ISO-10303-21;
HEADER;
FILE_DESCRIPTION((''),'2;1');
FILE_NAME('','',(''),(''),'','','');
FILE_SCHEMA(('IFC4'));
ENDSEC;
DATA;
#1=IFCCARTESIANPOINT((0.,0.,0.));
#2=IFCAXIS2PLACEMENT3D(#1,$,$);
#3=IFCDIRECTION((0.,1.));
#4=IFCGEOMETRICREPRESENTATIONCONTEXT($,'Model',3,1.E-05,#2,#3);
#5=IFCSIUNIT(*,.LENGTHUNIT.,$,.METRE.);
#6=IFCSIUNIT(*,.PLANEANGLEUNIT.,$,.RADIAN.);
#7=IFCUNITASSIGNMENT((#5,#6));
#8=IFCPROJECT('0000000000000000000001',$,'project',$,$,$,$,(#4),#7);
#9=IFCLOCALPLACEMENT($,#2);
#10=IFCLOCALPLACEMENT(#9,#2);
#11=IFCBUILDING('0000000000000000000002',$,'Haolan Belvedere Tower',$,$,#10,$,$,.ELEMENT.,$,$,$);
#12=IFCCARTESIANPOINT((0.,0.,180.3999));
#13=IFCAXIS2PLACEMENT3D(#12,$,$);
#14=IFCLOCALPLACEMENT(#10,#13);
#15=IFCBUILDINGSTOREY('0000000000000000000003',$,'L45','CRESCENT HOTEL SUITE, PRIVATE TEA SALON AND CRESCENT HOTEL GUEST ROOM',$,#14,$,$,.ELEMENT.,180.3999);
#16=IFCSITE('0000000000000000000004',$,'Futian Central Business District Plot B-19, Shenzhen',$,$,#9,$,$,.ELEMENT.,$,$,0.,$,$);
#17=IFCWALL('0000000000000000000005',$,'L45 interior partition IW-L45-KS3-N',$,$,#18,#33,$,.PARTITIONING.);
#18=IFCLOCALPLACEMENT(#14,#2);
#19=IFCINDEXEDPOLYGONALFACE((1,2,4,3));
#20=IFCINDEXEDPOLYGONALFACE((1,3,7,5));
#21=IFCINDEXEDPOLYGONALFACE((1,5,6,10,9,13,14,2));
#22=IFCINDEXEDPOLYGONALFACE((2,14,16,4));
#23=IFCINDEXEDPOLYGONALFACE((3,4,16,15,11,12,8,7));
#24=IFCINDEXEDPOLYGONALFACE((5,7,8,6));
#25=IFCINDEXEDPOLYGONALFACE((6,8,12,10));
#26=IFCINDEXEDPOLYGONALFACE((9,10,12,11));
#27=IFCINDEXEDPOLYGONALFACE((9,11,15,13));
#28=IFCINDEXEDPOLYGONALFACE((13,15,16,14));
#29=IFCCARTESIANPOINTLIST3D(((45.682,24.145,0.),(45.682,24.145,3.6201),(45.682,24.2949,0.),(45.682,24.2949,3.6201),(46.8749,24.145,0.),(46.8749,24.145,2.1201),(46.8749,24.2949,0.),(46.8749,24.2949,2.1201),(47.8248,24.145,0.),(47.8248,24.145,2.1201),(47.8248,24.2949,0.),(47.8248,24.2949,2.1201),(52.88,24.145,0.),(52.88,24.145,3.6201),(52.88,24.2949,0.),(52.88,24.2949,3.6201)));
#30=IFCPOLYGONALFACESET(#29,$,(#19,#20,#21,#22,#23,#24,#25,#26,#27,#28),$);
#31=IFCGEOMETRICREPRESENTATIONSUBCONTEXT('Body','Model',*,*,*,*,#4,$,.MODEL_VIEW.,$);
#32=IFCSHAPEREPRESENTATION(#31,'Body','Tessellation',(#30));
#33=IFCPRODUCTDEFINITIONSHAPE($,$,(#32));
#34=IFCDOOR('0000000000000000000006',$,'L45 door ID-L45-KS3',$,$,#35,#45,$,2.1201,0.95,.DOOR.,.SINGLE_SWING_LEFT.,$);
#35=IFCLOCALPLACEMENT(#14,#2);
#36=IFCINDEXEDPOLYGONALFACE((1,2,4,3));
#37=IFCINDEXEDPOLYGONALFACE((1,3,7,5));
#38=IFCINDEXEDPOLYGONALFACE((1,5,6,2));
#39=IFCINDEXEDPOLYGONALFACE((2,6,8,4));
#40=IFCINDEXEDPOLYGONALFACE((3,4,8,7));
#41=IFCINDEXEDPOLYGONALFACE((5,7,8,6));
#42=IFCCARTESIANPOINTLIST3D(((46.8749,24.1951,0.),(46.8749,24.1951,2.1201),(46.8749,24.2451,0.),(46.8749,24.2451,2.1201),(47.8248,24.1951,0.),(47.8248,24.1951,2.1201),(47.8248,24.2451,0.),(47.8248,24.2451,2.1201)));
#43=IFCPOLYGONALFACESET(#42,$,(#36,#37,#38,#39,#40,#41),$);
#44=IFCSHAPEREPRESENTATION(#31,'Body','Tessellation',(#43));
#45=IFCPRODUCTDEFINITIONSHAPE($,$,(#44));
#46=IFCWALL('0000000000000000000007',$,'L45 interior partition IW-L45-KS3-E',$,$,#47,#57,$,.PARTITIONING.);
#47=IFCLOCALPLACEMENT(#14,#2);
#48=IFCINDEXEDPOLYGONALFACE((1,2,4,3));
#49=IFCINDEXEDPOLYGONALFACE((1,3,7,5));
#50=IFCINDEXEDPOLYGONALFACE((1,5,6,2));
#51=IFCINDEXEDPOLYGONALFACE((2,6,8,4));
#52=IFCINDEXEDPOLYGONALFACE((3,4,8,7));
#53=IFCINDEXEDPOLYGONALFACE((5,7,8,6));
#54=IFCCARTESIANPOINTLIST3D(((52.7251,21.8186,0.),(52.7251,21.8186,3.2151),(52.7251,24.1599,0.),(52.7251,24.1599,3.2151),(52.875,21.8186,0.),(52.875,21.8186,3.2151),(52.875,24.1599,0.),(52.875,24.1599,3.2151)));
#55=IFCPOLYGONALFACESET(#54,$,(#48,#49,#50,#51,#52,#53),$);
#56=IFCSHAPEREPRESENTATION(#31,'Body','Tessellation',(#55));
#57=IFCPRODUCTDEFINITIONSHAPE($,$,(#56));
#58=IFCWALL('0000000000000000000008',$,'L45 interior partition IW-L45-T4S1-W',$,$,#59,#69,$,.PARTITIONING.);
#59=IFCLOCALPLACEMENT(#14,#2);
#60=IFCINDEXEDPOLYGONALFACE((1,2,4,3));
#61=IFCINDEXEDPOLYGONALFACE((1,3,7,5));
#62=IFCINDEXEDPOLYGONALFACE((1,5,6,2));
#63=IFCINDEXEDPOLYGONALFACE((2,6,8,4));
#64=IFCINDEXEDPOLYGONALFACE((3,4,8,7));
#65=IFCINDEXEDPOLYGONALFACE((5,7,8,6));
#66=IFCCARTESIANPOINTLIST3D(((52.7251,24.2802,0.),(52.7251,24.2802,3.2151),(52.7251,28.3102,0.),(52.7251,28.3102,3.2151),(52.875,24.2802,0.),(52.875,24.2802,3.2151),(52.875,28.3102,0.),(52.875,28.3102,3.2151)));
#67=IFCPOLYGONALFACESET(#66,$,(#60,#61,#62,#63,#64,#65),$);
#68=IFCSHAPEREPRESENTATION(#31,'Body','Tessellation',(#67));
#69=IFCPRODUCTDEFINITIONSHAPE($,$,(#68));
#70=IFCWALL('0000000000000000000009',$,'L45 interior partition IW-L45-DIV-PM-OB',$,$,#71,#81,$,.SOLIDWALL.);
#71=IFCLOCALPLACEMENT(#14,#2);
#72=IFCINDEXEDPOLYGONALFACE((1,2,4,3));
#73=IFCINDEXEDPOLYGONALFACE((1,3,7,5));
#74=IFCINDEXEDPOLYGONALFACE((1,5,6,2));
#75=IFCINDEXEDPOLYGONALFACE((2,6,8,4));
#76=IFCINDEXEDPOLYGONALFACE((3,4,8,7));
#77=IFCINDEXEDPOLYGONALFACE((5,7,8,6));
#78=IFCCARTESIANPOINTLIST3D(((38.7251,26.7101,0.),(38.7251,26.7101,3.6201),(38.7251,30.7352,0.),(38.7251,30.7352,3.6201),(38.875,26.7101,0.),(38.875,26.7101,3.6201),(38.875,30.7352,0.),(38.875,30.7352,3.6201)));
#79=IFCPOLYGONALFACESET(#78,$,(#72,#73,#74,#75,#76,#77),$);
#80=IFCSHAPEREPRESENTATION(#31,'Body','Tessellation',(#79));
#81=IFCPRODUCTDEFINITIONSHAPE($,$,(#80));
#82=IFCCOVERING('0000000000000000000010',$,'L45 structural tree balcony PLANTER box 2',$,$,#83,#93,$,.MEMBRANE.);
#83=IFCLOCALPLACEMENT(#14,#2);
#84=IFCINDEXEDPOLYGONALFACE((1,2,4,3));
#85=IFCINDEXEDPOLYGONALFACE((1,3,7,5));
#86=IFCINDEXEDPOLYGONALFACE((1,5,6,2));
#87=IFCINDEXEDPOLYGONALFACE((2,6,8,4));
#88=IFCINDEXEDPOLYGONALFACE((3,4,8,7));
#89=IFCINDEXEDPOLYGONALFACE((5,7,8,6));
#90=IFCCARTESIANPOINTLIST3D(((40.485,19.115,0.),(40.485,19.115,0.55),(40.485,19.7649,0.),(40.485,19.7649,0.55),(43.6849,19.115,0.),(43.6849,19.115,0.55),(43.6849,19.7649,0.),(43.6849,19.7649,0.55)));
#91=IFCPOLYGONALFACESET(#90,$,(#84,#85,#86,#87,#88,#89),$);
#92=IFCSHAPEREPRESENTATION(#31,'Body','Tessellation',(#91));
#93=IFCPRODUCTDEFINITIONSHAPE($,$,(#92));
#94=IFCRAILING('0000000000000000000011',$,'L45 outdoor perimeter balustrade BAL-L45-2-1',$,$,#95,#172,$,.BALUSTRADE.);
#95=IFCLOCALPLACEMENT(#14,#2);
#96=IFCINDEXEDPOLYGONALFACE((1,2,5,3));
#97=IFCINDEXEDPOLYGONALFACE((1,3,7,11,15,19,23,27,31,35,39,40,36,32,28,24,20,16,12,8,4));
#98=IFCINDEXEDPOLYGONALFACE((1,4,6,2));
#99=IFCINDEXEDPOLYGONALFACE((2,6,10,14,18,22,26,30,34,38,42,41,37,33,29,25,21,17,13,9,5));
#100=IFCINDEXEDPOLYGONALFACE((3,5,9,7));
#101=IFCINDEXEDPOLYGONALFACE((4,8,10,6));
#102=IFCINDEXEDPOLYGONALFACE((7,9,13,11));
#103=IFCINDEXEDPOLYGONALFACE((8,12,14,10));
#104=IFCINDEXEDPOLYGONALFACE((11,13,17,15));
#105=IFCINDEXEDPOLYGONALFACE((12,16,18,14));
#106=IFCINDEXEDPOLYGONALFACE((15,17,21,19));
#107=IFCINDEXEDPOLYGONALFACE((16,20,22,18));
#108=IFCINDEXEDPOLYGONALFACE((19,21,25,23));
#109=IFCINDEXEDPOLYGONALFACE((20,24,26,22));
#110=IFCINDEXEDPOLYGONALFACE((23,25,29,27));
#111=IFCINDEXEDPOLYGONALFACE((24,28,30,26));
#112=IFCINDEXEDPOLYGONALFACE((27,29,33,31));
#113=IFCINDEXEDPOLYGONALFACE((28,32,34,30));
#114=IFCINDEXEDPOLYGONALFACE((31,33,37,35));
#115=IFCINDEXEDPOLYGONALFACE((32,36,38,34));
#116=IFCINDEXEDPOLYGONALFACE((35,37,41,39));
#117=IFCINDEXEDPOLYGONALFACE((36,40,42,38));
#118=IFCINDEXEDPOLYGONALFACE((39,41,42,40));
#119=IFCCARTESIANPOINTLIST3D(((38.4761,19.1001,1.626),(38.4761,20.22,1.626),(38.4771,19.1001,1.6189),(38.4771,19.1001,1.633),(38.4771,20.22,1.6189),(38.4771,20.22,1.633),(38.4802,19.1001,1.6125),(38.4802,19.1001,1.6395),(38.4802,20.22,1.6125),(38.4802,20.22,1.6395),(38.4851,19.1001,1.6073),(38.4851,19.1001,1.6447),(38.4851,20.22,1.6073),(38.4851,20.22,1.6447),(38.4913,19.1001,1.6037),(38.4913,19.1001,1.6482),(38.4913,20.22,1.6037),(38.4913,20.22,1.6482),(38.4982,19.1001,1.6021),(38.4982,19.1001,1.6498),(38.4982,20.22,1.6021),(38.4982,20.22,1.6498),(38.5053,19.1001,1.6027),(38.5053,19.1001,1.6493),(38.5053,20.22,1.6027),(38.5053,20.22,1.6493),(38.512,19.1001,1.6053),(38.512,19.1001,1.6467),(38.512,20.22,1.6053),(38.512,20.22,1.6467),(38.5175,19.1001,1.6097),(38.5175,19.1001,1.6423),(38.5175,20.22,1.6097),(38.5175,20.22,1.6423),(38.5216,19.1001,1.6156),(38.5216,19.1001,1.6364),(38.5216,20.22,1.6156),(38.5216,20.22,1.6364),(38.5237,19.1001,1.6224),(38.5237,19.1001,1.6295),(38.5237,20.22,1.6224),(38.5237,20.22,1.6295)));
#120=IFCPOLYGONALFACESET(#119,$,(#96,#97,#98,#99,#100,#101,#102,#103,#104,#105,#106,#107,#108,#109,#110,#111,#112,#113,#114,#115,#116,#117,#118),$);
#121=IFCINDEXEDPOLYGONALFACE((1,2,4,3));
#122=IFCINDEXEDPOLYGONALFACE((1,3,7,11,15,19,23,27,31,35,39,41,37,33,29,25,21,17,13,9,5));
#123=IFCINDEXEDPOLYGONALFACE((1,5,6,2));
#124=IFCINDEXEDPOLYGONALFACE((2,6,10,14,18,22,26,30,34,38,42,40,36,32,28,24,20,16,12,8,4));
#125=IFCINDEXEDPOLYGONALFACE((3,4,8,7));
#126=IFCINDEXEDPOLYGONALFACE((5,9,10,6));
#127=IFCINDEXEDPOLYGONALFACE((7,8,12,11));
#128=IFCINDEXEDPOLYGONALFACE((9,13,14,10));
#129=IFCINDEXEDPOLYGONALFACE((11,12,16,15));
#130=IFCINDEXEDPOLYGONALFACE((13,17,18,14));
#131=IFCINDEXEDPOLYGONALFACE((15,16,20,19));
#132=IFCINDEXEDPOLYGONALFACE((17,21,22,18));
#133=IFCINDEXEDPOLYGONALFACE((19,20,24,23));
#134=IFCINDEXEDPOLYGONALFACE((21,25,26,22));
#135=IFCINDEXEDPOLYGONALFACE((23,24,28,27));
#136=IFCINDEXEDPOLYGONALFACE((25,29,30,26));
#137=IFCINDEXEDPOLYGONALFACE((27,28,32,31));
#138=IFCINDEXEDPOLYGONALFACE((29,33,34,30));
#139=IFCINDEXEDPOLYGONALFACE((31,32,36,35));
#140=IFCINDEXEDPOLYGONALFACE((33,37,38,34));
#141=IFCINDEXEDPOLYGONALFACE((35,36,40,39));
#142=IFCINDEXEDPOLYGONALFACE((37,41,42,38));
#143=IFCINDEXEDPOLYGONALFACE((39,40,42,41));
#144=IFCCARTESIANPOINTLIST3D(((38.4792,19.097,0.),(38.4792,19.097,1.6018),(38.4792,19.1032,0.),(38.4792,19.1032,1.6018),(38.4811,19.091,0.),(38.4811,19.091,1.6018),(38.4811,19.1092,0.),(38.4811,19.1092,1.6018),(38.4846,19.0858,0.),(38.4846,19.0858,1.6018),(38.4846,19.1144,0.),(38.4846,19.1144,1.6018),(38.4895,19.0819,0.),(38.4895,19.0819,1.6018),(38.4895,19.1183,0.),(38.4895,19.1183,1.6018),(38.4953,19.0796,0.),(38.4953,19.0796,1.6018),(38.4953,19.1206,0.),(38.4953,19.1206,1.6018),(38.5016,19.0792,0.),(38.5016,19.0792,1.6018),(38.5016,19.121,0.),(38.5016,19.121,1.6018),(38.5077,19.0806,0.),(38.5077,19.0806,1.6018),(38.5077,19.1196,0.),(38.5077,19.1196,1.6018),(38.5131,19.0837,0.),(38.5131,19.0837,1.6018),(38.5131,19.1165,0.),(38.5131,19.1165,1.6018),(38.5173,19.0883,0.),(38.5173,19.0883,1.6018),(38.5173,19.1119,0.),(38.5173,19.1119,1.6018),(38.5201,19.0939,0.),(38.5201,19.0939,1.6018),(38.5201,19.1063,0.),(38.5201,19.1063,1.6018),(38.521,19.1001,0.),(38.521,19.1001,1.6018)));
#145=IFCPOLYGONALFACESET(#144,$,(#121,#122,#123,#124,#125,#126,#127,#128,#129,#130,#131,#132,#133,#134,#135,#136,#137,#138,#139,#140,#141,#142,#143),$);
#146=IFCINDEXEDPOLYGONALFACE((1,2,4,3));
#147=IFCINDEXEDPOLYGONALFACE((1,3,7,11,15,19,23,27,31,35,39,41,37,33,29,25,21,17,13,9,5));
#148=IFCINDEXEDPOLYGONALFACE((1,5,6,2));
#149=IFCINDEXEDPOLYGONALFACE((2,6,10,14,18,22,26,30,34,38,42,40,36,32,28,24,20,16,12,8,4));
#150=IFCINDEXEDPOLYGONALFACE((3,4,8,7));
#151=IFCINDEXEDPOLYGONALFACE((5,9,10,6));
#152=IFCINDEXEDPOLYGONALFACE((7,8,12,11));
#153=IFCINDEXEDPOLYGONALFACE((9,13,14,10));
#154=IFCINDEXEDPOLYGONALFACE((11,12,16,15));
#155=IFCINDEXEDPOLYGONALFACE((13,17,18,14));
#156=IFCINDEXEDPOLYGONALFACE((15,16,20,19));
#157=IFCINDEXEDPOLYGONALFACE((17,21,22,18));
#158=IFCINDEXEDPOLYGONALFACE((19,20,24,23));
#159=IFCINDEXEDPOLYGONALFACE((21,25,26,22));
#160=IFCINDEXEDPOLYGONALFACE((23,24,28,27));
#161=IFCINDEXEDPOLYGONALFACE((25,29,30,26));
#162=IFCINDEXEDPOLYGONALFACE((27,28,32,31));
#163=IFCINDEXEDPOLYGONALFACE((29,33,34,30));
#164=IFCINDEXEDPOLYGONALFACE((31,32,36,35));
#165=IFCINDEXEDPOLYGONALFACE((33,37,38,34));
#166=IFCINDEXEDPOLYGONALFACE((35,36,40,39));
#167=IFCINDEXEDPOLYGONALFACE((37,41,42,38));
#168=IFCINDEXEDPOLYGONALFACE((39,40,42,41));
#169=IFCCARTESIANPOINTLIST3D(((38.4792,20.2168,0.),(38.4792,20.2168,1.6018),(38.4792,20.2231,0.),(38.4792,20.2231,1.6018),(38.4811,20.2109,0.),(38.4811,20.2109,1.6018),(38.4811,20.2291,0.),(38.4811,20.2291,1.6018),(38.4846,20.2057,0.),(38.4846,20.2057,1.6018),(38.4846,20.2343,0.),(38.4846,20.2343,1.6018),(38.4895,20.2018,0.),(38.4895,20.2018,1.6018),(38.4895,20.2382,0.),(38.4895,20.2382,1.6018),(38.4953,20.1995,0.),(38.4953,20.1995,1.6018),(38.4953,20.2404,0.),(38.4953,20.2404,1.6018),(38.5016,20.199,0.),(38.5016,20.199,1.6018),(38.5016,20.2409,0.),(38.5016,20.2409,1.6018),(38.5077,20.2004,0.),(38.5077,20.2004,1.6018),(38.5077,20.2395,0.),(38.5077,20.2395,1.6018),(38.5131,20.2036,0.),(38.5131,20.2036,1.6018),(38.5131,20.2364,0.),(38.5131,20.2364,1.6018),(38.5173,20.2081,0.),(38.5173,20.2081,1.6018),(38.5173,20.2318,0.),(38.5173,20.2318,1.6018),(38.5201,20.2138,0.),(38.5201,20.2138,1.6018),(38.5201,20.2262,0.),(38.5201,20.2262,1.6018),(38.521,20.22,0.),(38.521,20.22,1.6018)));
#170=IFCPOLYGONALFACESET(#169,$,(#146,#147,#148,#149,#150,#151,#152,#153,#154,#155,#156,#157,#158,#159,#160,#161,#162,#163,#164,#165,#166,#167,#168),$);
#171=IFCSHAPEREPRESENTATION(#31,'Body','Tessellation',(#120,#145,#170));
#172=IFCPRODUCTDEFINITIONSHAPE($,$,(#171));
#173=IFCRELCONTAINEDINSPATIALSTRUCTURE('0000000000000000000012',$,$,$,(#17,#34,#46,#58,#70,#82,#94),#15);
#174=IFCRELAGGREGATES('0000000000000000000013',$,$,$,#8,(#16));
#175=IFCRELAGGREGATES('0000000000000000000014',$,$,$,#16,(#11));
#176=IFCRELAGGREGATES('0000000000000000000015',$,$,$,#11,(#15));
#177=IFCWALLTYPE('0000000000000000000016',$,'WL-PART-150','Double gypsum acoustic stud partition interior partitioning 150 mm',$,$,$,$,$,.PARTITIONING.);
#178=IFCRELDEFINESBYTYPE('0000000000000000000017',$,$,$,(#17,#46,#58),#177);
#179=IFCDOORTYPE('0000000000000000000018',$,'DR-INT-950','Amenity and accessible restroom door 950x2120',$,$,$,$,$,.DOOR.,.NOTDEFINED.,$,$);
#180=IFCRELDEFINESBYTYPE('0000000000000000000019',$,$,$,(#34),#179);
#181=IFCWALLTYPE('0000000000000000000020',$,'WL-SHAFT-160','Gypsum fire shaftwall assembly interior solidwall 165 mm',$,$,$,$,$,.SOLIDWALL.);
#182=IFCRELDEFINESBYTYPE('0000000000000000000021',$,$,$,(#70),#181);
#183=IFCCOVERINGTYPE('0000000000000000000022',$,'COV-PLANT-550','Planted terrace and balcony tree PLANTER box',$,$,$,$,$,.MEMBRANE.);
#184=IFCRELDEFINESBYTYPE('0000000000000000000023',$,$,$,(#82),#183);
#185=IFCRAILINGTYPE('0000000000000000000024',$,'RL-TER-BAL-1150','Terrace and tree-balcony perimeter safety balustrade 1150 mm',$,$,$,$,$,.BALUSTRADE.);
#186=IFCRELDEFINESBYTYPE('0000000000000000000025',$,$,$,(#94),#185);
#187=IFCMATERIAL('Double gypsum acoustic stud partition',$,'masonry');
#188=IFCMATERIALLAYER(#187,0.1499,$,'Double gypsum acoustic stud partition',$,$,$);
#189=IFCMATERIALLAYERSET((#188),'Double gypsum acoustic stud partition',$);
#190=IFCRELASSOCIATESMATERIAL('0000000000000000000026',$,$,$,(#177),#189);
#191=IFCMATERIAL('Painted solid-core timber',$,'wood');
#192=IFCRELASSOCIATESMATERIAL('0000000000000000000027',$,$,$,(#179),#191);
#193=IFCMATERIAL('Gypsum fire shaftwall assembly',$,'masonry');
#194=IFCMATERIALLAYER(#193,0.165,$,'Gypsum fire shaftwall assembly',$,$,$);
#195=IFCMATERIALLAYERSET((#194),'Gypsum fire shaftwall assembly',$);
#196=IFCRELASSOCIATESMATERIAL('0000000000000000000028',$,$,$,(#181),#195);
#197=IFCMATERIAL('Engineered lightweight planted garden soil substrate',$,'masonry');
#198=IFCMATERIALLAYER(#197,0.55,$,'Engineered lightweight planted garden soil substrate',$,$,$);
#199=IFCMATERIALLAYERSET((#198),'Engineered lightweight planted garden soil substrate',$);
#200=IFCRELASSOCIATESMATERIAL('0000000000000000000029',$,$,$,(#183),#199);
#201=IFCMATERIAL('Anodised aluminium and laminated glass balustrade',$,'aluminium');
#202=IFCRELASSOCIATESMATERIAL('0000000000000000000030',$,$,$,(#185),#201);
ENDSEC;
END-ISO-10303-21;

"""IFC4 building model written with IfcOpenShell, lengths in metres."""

from ifc_helpers import new_model, si_unit, direction, frame, frame_2d, origin, origin_2d, place, context, subcontext, project, spatial, rectangle, circle, extrude, material, layer, layer_set, type_object, element, fill, save


model = new_model("IFC4")

# Units and contexts
model_context = context("Model", 3, precision=1e-05, world=origin(), true_north=direction((0.0, 1.0)))
body_context = subcontext(model_context, "Body", "Model", "MODEL_VIEW")
ifc_project = project(units=[si_unit("LENGTHUNIT", "METRE"), si_unit("PLANEANGLEUNIT", "RADIAN")], contexts=[model_context])

# Site, building, storey
site_placement = place(None, origin())
site = spatial("IfcSite", under=ifc_project, at=site_placement, Name="Futian Central Business District Plot B-19, Shenzhen", CompositionType="ELEMENT", RefElevation=0.0)
building_placement = place(site_placement, origin())
building = spatial("IfcBuilding", under=site, at=building_placement, Name="Haolan Belvedere Tower", CompositionType="ELEMENT")
storey_placement = place(building_placement, frame((0.0, 0.0, 180.3999)))
storey = spatial("IfcBuildingStorey", under=building, at=storey_placement, Name="L45", Description="CRESCENT HOTEL SUITE, PRIVATE TEA SALON AND CRESCENT HOTEL GUEST ROOM", CompositionType="ELEMENT", Elevation=180.3999)

# Shared definitions
ifc_material_1 = material(Name="Double gypsum acoustic stud partition", Category="masonry")
ifc_layer_1 = layer(ifc_material_1, 0.1499, Name="Double gypsum acoustic stud partition")
ifc_layer_set_1 = layer_set([ifc_layer_1], Name="Double gypsum acoustic stud partition")
wall_type_1 = type_object("IfcWallType", Name="WL-PART-150", Description="Double gypsum acoustic stud partition interior partitioning 150 mm", PredefinedType="PARTITIONING", material=ifc_layer_set_1)

# Wall, opening, door
wall_1_placement = place(storey_placement, frame((45.6819, 24.22, 0.0), z_axis=(0.0, 0.0, 1.0), x_axis=(1.0, 0.0, 0.0)))
wall_1 = element("IfcWall", 1, at=wall_1_placement, inside=storey, type_object=wall_type_1, Name="L45 interior partition IW-L45-KS3-N", PredefinedType="PARTITIONING", context=body_context, shape_type="SweptSolid", body=[
    extrude(rectangle(XDim=7.198, YDim=0.1499, at=frame_2d((3.5991, 0.0))), origin(), (0.0, 0.0, 1.0), 3.6201),
])
opening_1_placement = place(wall_1_placement, frame((2.1431, 0.0, 0.0), z_axis=(0.0, 0.0, 1.0), x_axis=(-1.0, 0.0, 0.0)))
opening_1 = element("IfcOpeningElement", 2, at=opening_1_placement, cuts=wall_1, PredefinedType="OPENING", context=body_context, shape_type="SweptSolid", body=[
    extrude(rectangle(XDim=0.95, YDim=2.1201, at=frame_2d((0.4751, 1.0601))), frame((0.0, 0.085, 0.0), z_axis=(0.0, -1.0, 0.0), x_axis=(1.0, 0.0, 0.0)), (0.0, 0.0, 1.0), 0.1699),
])
ifc_material_2 = material(Name="Painted solid-core timber", Category="wood")
door_type = type_object("IfcDoorType", Name="DR-INT-950", Description="Amenity and accessible restroom door 950x2120", OperationType="NOTDEFINED", PredefinedType="DOOR", material=ifc_material_2)
door_placement = place(opening_1_placement, origin())
door = element("IfcDoor", 3, at=door_placement, inside=storey, type_object=door_type, Name="L45 door ID-L45-KS3", OperationType="SINGLE_SWING_LEFT", OverallHeight=2.1201, OverallWidth=0.95, PredefinedType="DOOR", context=body_context, shape_type="SweptSolid", body=[
    extrude(rectangle(XDim=0.95, YDim=2.1201, at=frame_2d((0.4751, 1.0601))), frame((0.0, 0.0249, 0.0), z_axis=(0.0, -1.0, 0.0), x_axis=(1.0, 0.0, 0.0)), (0.0, 0.0, 1.0), 0.05),
])
fill(opening_1, door)

# Walls
wall_2_placement = place(storey_placement, frame((52.8, 21.8186, 0.0), z_axis=(0.0, 0.0, 1.0), x_axis=(0.0, 1.0, 0.0)))
element("IfcWall", 4, at=wall_2_placement, inside=storey, type_object=wall_type_1, Name="L45 interior partition IW-L45-KS3-E", PredefinedType="PARTITIONING", context=body_context, shape_type="SweptSolid", body=[
    extrude(rectangle(XDim=2.3413, YDim=0.1499, at=frame_2d((1.1707, 0.0))), origin(), (0.0, 0.0, 1.0), 3.2151),
])
wall_3_placement = place(storey_placement, frame((52.8, 24.28, 0.0), z_axis=(0.0, 0.0, 1.0), x_axis=(0.0, 1.0, 0.0)))
element("IfcWall", 5, at=wall_3_placement, inside=storey, type_object=wall_type_1, Name="L45 interior partition IW-L45-T4S1-W", PredefinedType="PARTITIONING", context=body_context, shape_type="SweptSolid", body=[
    extrude(rectangle(XDim=4.03, YDim=0.1499, at=frame_2d((2.0151, 0.0))), origin(), (0.0, 0.0, 1.0), 3.2151),
])
ifc_material_3 = material(Name="Gypsum fire shaftwall assembly", Category="masonry")
ifc_layer_2 = layer(ifc_material_3, 0.165, Name="Gypsum fire shaftwall assembly")
ifc_layer_set_2 = layer_set([ifc_layer_2], Name="Gypsum fire shaftwall assembly")
wall_type_2 = type_object("IfcWallType", Name="WL-SHAFT-160", Description="Gypsum fire shaftwall assembly interior solidwall 165 mm", PredefinedType="SOLIDWALL", material=ifc_layer_set_2)
wall_4_placement = place(storey_placement, frame((38.8, 26.71, 0.0), z_axis=(0.0, 0.0, 1.0), x_axis=(0.0, 1.0, 0.0)))
element("IfcWall", 6, at=wall_4_placement, inside=storey, type_object=wall_type_2, Name="L45 interior partition IW-L45-DIV-PM-OB", PredefinedType="SOLIDWALL", context=body_context, shape_type="SweptSolid", body=[
    extrude(rectangle(XDim=4.0251, YDim=0.1499, at=frame_2d((2.0127, 0.0))), origin(), (0.0, 0.0, 1.0), 3.6201),
])

# Covering
ifc_material_4 = material(Name="Engineered lightweight planted garden soil substrate", Category="masonry")
ifc_layer_3 = layer(ifc_material_4, 0.55, Name="Engineered lightweight planted garden soil substrate")
ifc_layer_set_3 = layer_set([ifc_layer_3], Name="Engineered lightweight planted garden soil substrate")
covering_type = type_object("IfcCoveringType", Name="COV-PLANT-550", Description="Planted terrace and balcony tree PLANTER box", PredefinedType="MEMBRANE", material=ifc_layer_set_3)
covering_placement = place(storey_placement, frame((42.085, 19.4399, 0.0), z_axis=(0.0, 0.0, 1.0), x_axis=(1.0, 0.0, 0.0)))
element("IfcCovering", 7, at=covering_placement, inside=storey, type_object=covering_type, Name="L45 structural tree balcony PLANTER box 2", PredefinedType="MEMBRANE", context=body_context, shape_type="SweptSolid", body=[
    extrude(rectangle(XDim=3.2, YDim=0.6499, at=origin_2d()), origin(), (0.0, 0.0, 1.0), 0.55),
])

# Railing
ifc_material_5 = material(Name="Anodised aluminium and laminated glass balustrade", Category="aluminium")
railing_type = type_object("IfcRailingType", Name="RL-TER-BAL-1150", Description="Terrace and tree-balcony perimeter safety balustrade 1150 mm", PredefinedType="BALUSTRADE", material=ifc_material_5)
railing_1_placement = place(storey_placement, frame((38.5, 19.1001, 0.0)))
element("IfcRailing", 8, at=railing_1_placement, inside=storey, type_object=railing_type, Name="L45 outdoor perimeter balustrade BAL-L45-2-1", PredefinedType="BALUSTRADE", context=body_context, shape_type="SweptSolid", body=[
    extrude(circle(Radius=0.0239, at=origin_2d()), frame((0.0, 0.0, 1.626), z_axis=(0.0, 1.0, 0.0), x_axis=(-1.0, 0.0, 0.0)), (0.0, 0.0, 1.0), 1.1199),
    extrude(circle(Radius=0.021, at=origin_2d()), origin(), (0.0, 0.0, 1.0), 1.6018),
    extrude(circle(Radius=0.021, at=origin_2d()), frame((0.0, 1.1199, 0.0)), (0.0, 0.0, 1.0), 1.6018),
])

save(model, "model.ifc")
